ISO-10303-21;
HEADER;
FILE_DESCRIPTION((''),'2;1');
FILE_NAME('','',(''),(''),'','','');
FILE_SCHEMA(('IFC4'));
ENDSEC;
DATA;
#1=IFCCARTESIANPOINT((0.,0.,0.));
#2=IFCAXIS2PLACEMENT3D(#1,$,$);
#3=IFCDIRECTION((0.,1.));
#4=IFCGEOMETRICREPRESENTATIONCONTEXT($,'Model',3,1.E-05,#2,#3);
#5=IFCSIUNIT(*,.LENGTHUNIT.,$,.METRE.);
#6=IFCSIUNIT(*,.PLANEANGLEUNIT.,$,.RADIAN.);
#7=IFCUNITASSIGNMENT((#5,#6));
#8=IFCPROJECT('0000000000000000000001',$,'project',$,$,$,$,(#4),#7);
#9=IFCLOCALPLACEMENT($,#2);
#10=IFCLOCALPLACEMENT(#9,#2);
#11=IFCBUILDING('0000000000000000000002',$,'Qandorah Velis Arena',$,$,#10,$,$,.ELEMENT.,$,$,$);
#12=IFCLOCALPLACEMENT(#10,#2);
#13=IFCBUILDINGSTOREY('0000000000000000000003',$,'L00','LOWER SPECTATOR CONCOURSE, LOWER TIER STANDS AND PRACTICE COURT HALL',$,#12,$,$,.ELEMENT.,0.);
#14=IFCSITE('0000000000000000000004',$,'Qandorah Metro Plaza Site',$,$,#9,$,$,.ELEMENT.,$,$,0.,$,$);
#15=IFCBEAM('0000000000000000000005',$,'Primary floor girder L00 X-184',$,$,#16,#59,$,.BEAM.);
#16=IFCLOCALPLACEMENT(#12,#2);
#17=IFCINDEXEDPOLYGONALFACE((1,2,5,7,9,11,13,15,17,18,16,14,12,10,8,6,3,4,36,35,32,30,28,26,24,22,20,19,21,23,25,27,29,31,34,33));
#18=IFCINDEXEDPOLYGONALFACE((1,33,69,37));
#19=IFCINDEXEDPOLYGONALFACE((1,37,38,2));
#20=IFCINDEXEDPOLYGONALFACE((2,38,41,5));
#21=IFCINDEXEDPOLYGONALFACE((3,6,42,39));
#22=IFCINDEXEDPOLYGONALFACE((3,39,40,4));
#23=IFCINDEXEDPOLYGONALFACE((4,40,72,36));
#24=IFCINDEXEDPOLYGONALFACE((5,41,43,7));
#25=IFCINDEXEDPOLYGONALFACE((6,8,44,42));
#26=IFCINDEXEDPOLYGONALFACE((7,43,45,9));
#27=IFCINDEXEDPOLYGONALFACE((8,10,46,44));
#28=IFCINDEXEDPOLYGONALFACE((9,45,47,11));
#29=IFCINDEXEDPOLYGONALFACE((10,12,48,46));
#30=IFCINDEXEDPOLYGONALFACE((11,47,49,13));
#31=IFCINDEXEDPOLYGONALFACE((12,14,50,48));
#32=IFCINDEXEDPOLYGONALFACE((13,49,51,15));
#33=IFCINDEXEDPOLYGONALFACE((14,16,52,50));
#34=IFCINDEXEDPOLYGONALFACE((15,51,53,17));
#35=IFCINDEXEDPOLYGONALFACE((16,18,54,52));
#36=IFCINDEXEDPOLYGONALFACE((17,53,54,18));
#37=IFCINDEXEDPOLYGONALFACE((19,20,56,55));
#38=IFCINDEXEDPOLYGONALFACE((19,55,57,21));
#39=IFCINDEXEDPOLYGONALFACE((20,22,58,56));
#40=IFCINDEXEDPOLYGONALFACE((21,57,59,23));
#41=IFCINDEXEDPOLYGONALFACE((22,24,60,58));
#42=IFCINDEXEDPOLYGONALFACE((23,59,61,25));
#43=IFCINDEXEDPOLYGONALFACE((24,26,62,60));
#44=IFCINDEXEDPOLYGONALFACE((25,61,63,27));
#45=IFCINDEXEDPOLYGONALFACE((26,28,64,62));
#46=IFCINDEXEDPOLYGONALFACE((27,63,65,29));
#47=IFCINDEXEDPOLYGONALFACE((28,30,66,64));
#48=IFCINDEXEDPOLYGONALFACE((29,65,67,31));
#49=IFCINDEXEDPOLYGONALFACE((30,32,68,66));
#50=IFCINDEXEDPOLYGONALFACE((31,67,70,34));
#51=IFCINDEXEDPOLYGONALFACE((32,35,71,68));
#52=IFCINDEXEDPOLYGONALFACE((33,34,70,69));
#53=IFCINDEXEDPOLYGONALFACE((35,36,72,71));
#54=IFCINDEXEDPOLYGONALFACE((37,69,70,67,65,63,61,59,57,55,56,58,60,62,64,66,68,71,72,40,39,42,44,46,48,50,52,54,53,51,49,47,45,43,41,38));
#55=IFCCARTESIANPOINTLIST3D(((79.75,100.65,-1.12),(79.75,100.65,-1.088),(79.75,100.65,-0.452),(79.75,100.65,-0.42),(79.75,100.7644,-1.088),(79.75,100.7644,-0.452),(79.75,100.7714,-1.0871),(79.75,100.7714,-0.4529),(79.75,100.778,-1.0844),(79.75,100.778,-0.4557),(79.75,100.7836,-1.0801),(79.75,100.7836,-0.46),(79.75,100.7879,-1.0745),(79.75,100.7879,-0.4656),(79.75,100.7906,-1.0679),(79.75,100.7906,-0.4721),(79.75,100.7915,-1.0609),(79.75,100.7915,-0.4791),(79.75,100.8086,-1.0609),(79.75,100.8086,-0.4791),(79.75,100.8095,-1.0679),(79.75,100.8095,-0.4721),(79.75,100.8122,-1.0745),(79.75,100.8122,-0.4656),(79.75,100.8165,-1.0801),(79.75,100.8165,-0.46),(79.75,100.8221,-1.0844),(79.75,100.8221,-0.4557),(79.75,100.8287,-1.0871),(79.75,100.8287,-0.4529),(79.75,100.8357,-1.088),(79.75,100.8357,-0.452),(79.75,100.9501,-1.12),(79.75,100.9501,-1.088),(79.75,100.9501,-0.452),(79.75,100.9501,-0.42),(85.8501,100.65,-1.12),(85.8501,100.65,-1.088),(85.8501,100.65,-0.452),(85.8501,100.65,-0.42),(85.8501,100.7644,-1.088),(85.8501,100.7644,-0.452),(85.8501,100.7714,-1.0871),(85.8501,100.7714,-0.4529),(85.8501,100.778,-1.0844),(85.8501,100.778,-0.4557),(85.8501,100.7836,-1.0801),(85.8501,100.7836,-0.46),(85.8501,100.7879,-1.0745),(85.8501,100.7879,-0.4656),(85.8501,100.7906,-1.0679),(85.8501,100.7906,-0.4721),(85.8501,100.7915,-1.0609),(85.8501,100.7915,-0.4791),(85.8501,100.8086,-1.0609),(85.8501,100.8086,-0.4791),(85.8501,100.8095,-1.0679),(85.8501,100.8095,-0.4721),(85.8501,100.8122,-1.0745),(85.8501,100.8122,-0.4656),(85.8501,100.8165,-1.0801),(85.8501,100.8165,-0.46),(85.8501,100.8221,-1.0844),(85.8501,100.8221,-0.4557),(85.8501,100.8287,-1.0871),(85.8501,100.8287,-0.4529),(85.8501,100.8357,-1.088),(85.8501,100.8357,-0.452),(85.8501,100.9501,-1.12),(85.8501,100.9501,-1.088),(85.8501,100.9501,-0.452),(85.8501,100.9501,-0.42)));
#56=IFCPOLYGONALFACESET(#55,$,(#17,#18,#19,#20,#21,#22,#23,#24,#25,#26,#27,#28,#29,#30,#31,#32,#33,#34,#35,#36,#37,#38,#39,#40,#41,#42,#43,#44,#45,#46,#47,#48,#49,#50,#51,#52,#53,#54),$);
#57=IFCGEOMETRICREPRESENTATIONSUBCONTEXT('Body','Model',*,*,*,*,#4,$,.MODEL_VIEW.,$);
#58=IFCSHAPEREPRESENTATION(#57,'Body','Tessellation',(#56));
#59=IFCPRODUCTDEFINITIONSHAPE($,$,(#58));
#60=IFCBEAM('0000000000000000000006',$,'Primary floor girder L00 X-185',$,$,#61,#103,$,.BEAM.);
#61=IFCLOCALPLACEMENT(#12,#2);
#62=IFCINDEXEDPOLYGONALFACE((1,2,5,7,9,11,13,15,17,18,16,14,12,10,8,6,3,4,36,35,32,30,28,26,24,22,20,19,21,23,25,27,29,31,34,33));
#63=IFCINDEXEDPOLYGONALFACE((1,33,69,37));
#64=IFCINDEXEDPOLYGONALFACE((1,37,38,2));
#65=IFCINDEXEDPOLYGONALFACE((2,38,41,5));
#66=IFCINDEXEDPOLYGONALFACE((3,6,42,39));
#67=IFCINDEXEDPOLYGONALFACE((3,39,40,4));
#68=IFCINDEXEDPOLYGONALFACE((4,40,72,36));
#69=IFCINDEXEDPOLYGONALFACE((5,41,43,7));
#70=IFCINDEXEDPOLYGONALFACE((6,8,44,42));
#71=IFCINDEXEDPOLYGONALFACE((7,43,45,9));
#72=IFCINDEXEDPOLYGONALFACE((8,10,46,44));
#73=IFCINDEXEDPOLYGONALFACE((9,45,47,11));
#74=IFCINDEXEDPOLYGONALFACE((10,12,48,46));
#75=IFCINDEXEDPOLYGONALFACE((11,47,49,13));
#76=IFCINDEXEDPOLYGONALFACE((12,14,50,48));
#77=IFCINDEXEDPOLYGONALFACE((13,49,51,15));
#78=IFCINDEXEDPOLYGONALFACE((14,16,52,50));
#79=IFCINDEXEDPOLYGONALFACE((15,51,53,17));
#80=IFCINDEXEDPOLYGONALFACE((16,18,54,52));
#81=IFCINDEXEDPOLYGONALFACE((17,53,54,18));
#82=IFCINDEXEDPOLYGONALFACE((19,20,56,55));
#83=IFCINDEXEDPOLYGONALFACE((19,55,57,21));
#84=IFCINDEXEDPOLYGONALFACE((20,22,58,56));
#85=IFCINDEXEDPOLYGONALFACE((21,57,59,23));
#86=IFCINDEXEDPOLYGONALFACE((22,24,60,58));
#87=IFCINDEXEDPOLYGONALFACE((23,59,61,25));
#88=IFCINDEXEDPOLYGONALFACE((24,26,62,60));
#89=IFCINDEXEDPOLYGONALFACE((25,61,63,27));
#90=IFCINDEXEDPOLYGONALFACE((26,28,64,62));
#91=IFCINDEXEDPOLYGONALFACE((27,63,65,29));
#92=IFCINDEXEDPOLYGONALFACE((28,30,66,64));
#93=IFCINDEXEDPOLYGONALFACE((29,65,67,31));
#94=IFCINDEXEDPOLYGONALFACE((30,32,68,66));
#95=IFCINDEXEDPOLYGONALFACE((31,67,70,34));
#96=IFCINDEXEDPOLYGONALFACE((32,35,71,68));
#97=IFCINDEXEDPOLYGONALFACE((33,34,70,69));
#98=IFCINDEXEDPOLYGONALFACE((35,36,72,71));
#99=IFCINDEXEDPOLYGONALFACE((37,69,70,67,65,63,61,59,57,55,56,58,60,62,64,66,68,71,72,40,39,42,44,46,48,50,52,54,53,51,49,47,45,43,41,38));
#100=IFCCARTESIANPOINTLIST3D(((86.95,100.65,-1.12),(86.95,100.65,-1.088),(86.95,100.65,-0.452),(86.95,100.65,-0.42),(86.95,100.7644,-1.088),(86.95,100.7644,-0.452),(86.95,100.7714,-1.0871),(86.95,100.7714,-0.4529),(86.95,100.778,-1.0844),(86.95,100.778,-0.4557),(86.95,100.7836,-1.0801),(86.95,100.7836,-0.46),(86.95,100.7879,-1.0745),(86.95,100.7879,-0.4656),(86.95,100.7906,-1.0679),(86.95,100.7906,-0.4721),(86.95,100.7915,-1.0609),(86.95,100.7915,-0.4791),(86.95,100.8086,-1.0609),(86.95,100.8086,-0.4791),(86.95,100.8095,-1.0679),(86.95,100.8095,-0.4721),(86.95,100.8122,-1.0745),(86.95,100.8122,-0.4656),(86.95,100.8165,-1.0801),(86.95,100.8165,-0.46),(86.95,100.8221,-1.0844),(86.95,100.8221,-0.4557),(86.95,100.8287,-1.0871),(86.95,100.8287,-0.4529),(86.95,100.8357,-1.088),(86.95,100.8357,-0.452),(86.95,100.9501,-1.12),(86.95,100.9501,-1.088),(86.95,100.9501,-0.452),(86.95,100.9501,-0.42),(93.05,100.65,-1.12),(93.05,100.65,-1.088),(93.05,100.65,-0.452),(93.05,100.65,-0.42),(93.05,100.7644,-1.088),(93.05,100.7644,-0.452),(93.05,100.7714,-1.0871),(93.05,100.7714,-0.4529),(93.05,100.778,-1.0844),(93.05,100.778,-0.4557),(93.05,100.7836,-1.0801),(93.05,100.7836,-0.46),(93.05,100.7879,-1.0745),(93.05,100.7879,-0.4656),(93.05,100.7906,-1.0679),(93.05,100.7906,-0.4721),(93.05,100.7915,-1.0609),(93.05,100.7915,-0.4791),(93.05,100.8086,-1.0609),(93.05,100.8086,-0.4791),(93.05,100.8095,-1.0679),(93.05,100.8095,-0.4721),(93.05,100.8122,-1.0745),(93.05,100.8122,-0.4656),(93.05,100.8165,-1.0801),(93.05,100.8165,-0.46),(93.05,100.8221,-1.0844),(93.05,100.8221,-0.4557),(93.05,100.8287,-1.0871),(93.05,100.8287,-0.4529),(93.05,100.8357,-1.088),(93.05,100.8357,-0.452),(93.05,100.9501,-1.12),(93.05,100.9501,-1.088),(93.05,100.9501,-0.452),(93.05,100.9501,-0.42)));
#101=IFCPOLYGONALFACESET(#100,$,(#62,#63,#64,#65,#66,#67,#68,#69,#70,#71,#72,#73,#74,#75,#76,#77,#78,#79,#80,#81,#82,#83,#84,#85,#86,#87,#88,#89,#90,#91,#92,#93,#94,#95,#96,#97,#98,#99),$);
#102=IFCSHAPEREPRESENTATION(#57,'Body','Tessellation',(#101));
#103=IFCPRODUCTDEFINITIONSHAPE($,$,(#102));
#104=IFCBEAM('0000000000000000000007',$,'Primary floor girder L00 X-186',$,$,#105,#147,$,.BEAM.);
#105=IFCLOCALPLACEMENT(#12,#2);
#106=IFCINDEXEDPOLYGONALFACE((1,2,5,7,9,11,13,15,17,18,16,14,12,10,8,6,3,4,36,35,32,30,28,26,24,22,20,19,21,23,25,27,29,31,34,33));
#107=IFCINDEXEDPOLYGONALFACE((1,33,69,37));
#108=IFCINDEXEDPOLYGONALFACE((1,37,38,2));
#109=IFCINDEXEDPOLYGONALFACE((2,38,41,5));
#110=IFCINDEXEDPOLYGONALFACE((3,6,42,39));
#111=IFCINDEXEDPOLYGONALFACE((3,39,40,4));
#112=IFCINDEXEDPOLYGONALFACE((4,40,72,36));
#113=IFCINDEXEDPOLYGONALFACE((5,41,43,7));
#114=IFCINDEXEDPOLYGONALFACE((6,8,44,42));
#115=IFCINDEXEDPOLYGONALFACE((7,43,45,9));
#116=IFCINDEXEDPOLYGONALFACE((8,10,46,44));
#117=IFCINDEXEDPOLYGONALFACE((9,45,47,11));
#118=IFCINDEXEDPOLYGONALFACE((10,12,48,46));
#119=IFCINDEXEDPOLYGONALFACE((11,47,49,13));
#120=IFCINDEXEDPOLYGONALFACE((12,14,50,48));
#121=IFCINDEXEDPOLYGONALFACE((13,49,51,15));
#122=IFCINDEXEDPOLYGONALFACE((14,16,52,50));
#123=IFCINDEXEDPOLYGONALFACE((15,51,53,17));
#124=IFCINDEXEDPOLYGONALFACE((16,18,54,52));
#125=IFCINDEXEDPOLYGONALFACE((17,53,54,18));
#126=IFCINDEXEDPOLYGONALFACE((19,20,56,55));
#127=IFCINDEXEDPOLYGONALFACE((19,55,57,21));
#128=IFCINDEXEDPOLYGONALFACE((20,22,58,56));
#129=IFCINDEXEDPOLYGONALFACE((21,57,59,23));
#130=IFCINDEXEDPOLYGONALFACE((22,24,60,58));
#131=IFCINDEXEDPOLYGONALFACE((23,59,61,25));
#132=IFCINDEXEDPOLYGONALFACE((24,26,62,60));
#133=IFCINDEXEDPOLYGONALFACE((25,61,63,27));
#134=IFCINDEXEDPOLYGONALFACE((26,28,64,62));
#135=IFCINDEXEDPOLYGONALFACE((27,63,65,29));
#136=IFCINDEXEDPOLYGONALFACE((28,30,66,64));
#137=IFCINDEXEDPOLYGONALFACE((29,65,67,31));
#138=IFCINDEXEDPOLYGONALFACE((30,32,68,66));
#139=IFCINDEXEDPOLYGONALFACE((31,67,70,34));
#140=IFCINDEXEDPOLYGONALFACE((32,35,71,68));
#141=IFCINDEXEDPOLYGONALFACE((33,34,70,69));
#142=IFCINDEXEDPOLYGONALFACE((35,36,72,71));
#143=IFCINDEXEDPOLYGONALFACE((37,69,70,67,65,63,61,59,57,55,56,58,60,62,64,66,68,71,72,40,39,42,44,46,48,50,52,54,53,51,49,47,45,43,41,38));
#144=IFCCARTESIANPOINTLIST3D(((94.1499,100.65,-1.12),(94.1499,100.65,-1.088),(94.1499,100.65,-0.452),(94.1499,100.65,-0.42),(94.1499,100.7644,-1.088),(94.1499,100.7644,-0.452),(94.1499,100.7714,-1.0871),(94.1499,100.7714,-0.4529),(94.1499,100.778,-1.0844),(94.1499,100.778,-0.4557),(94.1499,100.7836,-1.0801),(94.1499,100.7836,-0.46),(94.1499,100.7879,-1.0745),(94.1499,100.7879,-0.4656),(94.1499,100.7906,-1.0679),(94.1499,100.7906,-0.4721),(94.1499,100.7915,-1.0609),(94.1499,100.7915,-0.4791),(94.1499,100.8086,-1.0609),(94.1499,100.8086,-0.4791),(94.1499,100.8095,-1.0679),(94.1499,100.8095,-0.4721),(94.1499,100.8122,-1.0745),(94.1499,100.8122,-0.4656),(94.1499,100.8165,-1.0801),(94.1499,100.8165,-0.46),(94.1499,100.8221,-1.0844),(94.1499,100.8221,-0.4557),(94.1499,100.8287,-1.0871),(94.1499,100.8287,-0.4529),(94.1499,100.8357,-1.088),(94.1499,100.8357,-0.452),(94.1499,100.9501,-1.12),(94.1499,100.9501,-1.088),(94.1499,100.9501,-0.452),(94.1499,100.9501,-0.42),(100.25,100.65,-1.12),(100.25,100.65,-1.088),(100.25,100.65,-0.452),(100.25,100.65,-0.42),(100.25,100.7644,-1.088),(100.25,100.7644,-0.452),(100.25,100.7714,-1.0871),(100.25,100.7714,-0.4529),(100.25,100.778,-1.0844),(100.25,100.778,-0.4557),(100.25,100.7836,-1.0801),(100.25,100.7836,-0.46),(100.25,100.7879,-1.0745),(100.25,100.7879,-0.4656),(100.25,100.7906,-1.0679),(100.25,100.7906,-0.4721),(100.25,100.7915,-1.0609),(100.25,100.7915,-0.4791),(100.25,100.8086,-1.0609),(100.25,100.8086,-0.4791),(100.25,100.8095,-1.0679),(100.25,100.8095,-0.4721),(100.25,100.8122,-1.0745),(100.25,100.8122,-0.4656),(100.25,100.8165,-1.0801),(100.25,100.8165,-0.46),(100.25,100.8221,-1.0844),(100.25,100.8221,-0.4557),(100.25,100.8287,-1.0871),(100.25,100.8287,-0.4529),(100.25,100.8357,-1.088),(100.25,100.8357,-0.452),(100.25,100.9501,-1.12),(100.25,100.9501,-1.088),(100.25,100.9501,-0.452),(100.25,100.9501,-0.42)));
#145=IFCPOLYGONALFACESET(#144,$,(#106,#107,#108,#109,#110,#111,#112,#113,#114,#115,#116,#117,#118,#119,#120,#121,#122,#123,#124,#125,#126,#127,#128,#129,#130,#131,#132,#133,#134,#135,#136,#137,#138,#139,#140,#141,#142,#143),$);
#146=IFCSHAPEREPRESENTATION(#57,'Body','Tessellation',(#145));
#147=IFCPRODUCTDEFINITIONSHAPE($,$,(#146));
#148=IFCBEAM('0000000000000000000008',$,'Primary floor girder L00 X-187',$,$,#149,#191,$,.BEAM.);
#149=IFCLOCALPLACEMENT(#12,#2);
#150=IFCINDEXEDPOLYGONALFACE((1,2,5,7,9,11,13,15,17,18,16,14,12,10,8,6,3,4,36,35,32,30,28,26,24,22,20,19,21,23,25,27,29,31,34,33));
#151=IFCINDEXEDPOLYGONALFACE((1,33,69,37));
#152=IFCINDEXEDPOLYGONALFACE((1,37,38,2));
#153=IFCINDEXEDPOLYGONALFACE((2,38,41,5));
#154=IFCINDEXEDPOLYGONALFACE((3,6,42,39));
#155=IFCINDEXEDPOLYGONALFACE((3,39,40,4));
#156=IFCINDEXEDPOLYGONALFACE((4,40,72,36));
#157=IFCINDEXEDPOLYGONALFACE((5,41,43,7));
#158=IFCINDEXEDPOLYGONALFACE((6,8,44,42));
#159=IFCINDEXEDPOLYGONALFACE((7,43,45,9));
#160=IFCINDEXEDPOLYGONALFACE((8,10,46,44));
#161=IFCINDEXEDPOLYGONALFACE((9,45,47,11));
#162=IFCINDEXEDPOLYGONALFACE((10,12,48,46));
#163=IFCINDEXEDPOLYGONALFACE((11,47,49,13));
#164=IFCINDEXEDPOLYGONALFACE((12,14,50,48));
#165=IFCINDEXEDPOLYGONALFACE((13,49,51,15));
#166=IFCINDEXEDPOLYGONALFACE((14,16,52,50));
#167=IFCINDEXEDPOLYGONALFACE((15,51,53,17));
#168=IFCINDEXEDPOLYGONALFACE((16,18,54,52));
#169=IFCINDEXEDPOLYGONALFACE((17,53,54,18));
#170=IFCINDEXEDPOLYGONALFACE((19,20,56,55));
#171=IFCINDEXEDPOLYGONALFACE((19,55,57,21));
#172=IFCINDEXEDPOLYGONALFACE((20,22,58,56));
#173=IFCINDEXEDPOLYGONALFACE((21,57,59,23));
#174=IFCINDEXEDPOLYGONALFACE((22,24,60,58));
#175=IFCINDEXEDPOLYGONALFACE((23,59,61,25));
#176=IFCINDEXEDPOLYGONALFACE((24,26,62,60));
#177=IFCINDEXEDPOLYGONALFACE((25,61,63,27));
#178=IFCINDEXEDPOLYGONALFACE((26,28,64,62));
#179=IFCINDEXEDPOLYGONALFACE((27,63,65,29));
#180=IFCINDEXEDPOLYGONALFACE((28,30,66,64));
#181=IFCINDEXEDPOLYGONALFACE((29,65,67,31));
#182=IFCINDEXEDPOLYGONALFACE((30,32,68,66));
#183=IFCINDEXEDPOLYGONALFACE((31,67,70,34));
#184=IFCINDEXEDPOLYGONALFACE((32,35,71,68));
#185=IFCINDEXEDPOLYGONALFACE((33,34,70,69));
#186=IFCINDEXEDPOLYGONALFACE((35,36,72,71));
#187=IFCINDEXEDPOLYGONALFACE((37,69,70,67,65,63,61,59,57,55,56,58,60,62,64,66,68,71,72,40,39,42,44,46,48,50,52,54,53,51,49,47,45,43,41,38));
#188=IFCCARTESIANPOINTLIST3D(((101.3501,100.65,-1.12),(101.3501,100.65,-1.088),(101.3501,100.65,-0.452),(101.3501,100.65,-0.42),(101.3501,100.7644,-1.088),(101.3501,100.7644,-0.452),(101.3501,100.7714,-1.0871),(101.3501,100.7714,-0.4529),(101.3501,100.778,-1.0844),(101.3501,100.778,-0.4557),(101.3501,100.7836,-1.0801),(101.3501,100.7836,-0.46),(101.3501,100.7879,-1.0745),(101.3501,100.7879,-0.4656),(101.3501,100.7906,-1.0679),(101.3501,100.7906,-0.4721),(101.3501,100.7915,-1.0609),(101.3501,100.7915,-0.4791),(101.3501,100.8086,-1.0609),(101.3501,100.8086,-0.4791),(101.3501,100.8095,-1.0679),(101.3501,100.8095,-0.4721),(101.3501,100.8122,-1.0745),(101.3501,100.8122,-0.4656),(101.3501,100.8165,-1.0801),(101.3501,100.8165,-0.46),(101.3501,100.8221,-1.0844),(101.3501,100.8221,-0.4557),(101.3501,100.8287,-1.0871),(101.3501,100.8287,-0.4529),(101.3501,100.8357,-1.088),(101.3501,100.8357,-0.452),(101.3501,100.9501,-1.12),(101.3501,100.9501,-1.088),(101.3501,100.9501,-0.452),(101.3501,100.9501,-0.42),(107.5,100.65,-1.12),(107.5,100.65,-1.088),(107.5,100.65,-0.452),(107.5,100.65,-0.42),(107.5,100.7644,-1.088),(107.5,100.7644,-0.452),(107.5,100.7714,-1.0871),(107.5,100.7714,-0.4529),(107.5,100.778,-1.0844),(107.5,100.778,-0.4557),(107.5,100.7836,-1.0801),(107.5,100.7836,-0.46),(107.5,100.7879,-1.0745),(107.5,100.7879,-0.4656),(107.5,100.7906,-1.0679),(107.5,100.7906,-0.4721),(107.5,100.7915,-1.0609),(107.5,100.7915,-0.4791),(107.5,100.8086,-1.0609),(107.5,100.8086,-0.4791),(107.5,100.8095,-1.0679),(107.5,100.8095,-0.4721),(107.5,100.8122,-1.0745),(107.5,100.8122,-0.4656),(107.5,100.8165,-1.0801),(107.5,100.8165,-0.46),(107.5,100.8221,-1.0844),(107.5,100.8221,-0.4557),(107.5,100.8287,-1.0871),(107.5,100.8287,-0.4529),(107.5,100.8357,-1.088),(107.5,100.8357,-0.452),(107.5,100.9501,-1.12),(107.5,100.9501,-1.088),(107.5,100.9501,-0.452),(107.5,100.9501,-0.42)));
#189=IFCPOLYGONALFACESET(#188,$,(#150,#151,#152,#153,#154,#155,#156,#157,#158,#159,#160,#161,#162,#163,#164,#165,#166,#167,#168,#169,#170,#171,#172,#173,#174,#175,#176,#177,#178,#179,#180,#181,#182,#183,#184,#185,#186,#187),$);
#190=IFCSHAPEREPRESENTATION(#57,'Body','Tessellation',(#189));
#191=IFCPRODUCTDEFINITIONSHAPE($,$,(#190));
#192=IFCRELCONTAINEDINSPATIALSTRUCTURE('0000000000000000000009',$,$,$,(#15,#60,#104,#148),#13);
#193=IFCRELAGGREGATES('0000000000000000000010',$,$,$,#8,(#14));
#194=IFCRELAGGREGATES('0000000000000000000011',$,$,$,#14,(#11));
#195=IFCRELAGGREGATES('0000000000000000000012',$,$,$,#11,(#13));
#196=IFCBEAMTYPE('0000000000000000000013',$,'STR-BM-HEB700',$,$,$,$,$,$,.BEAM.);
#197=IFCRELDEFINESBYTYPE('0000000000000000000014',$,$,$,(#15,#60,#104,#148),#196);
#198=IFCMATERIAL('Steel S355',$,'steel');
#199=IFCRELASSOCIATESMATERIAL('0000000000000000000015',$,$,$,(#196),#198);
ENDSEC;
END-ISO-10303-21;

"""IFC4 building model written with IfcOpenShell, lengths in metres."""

from ifc_helpers import new_model, si_unit, direction, frame, origin, origin_2d, place, context, subcontext, project, spatial, i_section, extrude, material, material_profile, profile_set, type_object, element, save


model = new_model("IFC4")

# Units and contexts
model_context = context("Model", 3, precision=1e-05, world=origin(), true_north=direction((0.0, 1.0)))
body_context = subcontext(model_context, "Body", "Model", "MODEL_VIEW")
ifc_project = project(units=[si_unit("LENGTHUNIT", "METRE"), si_unit("PLANEANGLEUNIT", "RADIAN")], contexts=[model_context])

# Site, building, storey
site_placement = place(None, origin())
site = spatial("IfcSite", under=ifc_project, at=site_placement, Name="Qandorah Metro Plaza Site", CompositionType="ELEMENT", RefElevation=0.0)
building_placement = place(site_placement, origin())
building = spatial("IfcBuilding", under=site, at=building_placement, Name="Qandorah Velis Arena", CompositionType="ELEMENT")
storey_placement = place(building_placement, origin())
storey = spatial("IfcBuildingStorey", under=building, at=storey_placement, Name="L00", Description="LOWER SPECTATOR CONCOURSE, LOWER TIER STANDS AND PRACTICE COURT HALL", CompositionType="ELEMENT", Elevation=0.0)

# Beams
ifc_material_1 = material(Name="Steel S355", Category="steel")
ifc_material_profile_1 = material_profile(ifc_material_1, i_section(OverallWidth=0.3, OverallDepth=0.7, WebThickness=0.0171, FlangeThickness=0.032, FilletRadius=0.0271, at=origin_2d()), Name="HEB 700")
ifc_profile_set_1 = profile_set([ifc_material_profile_1], Name="Steel S355")
beam_type_1 = type_object("IfcBeamType", Name="STR-BM-HEB700", PredefinedType="BEAM", material=ifc_profile_set_1)
for number, where, z_axis, x_axis, name in (
    (1, (79.75, 100.8, -0.77), (1.0, 0.0, 0.0), (0.0, 1.0, 0.0), "Primary floor girder L00 X-184"),
    (2, (86.95, 100.8, -0.77), (1.0, 0.0, 0.0), (0.0, 1.0, 0.0), "Primary floor girder L00 X-185"),
    (3, (94.1499, 100.8, -0.77), (1.0, 0.0, 0.0), (0.0, 1.0, 0.0), "Primary floor girder L00 X-186"),
):
    element("IfcBeam", number, at=place(storey_placement, frame(where, z_axis=z_axis, x_axis=x_axis)), inside=storey, type_object=beam_type_1, Name=name, PredefinedType="BEAM", context=body_context, shape_type="SweptSolid", body=[
        extrude(i_section(OverallWidth=0.3, OverallDepth=0.7, WebThickness=0.0171, FlangeThickness=0.032, FilletRadius=0.0271, at=origin_2d()), origin(), (0.0, 0.0, 1.0), 6.1001),
    ])
beam_1_placement = place(storey_placement, frame((101.3501, 100.8, -0.77), z_axis=(1.0, 0.0, 0.0), x_axis=(0.0, 1.0, 0.0)))
element("IfcBeam", 4, at=beam_1_placement, inside=storey, type_object=beam_type_1, Name="Primary floor girder L00 X-187", PredefinedType="BEAM", context=body_context, shape_type="SweptSolid", body=[
    extrude(i_section(OverallWidth=0.3, OverallDepth=0.7, WebThickness=0.0171, FlangeThickness=0.032, FilletRadius=0.0271, at=origin_2d()), origin(), (0.0, 0.0, 1.0), 6.1499),
])

save(model, "model.ifc")
